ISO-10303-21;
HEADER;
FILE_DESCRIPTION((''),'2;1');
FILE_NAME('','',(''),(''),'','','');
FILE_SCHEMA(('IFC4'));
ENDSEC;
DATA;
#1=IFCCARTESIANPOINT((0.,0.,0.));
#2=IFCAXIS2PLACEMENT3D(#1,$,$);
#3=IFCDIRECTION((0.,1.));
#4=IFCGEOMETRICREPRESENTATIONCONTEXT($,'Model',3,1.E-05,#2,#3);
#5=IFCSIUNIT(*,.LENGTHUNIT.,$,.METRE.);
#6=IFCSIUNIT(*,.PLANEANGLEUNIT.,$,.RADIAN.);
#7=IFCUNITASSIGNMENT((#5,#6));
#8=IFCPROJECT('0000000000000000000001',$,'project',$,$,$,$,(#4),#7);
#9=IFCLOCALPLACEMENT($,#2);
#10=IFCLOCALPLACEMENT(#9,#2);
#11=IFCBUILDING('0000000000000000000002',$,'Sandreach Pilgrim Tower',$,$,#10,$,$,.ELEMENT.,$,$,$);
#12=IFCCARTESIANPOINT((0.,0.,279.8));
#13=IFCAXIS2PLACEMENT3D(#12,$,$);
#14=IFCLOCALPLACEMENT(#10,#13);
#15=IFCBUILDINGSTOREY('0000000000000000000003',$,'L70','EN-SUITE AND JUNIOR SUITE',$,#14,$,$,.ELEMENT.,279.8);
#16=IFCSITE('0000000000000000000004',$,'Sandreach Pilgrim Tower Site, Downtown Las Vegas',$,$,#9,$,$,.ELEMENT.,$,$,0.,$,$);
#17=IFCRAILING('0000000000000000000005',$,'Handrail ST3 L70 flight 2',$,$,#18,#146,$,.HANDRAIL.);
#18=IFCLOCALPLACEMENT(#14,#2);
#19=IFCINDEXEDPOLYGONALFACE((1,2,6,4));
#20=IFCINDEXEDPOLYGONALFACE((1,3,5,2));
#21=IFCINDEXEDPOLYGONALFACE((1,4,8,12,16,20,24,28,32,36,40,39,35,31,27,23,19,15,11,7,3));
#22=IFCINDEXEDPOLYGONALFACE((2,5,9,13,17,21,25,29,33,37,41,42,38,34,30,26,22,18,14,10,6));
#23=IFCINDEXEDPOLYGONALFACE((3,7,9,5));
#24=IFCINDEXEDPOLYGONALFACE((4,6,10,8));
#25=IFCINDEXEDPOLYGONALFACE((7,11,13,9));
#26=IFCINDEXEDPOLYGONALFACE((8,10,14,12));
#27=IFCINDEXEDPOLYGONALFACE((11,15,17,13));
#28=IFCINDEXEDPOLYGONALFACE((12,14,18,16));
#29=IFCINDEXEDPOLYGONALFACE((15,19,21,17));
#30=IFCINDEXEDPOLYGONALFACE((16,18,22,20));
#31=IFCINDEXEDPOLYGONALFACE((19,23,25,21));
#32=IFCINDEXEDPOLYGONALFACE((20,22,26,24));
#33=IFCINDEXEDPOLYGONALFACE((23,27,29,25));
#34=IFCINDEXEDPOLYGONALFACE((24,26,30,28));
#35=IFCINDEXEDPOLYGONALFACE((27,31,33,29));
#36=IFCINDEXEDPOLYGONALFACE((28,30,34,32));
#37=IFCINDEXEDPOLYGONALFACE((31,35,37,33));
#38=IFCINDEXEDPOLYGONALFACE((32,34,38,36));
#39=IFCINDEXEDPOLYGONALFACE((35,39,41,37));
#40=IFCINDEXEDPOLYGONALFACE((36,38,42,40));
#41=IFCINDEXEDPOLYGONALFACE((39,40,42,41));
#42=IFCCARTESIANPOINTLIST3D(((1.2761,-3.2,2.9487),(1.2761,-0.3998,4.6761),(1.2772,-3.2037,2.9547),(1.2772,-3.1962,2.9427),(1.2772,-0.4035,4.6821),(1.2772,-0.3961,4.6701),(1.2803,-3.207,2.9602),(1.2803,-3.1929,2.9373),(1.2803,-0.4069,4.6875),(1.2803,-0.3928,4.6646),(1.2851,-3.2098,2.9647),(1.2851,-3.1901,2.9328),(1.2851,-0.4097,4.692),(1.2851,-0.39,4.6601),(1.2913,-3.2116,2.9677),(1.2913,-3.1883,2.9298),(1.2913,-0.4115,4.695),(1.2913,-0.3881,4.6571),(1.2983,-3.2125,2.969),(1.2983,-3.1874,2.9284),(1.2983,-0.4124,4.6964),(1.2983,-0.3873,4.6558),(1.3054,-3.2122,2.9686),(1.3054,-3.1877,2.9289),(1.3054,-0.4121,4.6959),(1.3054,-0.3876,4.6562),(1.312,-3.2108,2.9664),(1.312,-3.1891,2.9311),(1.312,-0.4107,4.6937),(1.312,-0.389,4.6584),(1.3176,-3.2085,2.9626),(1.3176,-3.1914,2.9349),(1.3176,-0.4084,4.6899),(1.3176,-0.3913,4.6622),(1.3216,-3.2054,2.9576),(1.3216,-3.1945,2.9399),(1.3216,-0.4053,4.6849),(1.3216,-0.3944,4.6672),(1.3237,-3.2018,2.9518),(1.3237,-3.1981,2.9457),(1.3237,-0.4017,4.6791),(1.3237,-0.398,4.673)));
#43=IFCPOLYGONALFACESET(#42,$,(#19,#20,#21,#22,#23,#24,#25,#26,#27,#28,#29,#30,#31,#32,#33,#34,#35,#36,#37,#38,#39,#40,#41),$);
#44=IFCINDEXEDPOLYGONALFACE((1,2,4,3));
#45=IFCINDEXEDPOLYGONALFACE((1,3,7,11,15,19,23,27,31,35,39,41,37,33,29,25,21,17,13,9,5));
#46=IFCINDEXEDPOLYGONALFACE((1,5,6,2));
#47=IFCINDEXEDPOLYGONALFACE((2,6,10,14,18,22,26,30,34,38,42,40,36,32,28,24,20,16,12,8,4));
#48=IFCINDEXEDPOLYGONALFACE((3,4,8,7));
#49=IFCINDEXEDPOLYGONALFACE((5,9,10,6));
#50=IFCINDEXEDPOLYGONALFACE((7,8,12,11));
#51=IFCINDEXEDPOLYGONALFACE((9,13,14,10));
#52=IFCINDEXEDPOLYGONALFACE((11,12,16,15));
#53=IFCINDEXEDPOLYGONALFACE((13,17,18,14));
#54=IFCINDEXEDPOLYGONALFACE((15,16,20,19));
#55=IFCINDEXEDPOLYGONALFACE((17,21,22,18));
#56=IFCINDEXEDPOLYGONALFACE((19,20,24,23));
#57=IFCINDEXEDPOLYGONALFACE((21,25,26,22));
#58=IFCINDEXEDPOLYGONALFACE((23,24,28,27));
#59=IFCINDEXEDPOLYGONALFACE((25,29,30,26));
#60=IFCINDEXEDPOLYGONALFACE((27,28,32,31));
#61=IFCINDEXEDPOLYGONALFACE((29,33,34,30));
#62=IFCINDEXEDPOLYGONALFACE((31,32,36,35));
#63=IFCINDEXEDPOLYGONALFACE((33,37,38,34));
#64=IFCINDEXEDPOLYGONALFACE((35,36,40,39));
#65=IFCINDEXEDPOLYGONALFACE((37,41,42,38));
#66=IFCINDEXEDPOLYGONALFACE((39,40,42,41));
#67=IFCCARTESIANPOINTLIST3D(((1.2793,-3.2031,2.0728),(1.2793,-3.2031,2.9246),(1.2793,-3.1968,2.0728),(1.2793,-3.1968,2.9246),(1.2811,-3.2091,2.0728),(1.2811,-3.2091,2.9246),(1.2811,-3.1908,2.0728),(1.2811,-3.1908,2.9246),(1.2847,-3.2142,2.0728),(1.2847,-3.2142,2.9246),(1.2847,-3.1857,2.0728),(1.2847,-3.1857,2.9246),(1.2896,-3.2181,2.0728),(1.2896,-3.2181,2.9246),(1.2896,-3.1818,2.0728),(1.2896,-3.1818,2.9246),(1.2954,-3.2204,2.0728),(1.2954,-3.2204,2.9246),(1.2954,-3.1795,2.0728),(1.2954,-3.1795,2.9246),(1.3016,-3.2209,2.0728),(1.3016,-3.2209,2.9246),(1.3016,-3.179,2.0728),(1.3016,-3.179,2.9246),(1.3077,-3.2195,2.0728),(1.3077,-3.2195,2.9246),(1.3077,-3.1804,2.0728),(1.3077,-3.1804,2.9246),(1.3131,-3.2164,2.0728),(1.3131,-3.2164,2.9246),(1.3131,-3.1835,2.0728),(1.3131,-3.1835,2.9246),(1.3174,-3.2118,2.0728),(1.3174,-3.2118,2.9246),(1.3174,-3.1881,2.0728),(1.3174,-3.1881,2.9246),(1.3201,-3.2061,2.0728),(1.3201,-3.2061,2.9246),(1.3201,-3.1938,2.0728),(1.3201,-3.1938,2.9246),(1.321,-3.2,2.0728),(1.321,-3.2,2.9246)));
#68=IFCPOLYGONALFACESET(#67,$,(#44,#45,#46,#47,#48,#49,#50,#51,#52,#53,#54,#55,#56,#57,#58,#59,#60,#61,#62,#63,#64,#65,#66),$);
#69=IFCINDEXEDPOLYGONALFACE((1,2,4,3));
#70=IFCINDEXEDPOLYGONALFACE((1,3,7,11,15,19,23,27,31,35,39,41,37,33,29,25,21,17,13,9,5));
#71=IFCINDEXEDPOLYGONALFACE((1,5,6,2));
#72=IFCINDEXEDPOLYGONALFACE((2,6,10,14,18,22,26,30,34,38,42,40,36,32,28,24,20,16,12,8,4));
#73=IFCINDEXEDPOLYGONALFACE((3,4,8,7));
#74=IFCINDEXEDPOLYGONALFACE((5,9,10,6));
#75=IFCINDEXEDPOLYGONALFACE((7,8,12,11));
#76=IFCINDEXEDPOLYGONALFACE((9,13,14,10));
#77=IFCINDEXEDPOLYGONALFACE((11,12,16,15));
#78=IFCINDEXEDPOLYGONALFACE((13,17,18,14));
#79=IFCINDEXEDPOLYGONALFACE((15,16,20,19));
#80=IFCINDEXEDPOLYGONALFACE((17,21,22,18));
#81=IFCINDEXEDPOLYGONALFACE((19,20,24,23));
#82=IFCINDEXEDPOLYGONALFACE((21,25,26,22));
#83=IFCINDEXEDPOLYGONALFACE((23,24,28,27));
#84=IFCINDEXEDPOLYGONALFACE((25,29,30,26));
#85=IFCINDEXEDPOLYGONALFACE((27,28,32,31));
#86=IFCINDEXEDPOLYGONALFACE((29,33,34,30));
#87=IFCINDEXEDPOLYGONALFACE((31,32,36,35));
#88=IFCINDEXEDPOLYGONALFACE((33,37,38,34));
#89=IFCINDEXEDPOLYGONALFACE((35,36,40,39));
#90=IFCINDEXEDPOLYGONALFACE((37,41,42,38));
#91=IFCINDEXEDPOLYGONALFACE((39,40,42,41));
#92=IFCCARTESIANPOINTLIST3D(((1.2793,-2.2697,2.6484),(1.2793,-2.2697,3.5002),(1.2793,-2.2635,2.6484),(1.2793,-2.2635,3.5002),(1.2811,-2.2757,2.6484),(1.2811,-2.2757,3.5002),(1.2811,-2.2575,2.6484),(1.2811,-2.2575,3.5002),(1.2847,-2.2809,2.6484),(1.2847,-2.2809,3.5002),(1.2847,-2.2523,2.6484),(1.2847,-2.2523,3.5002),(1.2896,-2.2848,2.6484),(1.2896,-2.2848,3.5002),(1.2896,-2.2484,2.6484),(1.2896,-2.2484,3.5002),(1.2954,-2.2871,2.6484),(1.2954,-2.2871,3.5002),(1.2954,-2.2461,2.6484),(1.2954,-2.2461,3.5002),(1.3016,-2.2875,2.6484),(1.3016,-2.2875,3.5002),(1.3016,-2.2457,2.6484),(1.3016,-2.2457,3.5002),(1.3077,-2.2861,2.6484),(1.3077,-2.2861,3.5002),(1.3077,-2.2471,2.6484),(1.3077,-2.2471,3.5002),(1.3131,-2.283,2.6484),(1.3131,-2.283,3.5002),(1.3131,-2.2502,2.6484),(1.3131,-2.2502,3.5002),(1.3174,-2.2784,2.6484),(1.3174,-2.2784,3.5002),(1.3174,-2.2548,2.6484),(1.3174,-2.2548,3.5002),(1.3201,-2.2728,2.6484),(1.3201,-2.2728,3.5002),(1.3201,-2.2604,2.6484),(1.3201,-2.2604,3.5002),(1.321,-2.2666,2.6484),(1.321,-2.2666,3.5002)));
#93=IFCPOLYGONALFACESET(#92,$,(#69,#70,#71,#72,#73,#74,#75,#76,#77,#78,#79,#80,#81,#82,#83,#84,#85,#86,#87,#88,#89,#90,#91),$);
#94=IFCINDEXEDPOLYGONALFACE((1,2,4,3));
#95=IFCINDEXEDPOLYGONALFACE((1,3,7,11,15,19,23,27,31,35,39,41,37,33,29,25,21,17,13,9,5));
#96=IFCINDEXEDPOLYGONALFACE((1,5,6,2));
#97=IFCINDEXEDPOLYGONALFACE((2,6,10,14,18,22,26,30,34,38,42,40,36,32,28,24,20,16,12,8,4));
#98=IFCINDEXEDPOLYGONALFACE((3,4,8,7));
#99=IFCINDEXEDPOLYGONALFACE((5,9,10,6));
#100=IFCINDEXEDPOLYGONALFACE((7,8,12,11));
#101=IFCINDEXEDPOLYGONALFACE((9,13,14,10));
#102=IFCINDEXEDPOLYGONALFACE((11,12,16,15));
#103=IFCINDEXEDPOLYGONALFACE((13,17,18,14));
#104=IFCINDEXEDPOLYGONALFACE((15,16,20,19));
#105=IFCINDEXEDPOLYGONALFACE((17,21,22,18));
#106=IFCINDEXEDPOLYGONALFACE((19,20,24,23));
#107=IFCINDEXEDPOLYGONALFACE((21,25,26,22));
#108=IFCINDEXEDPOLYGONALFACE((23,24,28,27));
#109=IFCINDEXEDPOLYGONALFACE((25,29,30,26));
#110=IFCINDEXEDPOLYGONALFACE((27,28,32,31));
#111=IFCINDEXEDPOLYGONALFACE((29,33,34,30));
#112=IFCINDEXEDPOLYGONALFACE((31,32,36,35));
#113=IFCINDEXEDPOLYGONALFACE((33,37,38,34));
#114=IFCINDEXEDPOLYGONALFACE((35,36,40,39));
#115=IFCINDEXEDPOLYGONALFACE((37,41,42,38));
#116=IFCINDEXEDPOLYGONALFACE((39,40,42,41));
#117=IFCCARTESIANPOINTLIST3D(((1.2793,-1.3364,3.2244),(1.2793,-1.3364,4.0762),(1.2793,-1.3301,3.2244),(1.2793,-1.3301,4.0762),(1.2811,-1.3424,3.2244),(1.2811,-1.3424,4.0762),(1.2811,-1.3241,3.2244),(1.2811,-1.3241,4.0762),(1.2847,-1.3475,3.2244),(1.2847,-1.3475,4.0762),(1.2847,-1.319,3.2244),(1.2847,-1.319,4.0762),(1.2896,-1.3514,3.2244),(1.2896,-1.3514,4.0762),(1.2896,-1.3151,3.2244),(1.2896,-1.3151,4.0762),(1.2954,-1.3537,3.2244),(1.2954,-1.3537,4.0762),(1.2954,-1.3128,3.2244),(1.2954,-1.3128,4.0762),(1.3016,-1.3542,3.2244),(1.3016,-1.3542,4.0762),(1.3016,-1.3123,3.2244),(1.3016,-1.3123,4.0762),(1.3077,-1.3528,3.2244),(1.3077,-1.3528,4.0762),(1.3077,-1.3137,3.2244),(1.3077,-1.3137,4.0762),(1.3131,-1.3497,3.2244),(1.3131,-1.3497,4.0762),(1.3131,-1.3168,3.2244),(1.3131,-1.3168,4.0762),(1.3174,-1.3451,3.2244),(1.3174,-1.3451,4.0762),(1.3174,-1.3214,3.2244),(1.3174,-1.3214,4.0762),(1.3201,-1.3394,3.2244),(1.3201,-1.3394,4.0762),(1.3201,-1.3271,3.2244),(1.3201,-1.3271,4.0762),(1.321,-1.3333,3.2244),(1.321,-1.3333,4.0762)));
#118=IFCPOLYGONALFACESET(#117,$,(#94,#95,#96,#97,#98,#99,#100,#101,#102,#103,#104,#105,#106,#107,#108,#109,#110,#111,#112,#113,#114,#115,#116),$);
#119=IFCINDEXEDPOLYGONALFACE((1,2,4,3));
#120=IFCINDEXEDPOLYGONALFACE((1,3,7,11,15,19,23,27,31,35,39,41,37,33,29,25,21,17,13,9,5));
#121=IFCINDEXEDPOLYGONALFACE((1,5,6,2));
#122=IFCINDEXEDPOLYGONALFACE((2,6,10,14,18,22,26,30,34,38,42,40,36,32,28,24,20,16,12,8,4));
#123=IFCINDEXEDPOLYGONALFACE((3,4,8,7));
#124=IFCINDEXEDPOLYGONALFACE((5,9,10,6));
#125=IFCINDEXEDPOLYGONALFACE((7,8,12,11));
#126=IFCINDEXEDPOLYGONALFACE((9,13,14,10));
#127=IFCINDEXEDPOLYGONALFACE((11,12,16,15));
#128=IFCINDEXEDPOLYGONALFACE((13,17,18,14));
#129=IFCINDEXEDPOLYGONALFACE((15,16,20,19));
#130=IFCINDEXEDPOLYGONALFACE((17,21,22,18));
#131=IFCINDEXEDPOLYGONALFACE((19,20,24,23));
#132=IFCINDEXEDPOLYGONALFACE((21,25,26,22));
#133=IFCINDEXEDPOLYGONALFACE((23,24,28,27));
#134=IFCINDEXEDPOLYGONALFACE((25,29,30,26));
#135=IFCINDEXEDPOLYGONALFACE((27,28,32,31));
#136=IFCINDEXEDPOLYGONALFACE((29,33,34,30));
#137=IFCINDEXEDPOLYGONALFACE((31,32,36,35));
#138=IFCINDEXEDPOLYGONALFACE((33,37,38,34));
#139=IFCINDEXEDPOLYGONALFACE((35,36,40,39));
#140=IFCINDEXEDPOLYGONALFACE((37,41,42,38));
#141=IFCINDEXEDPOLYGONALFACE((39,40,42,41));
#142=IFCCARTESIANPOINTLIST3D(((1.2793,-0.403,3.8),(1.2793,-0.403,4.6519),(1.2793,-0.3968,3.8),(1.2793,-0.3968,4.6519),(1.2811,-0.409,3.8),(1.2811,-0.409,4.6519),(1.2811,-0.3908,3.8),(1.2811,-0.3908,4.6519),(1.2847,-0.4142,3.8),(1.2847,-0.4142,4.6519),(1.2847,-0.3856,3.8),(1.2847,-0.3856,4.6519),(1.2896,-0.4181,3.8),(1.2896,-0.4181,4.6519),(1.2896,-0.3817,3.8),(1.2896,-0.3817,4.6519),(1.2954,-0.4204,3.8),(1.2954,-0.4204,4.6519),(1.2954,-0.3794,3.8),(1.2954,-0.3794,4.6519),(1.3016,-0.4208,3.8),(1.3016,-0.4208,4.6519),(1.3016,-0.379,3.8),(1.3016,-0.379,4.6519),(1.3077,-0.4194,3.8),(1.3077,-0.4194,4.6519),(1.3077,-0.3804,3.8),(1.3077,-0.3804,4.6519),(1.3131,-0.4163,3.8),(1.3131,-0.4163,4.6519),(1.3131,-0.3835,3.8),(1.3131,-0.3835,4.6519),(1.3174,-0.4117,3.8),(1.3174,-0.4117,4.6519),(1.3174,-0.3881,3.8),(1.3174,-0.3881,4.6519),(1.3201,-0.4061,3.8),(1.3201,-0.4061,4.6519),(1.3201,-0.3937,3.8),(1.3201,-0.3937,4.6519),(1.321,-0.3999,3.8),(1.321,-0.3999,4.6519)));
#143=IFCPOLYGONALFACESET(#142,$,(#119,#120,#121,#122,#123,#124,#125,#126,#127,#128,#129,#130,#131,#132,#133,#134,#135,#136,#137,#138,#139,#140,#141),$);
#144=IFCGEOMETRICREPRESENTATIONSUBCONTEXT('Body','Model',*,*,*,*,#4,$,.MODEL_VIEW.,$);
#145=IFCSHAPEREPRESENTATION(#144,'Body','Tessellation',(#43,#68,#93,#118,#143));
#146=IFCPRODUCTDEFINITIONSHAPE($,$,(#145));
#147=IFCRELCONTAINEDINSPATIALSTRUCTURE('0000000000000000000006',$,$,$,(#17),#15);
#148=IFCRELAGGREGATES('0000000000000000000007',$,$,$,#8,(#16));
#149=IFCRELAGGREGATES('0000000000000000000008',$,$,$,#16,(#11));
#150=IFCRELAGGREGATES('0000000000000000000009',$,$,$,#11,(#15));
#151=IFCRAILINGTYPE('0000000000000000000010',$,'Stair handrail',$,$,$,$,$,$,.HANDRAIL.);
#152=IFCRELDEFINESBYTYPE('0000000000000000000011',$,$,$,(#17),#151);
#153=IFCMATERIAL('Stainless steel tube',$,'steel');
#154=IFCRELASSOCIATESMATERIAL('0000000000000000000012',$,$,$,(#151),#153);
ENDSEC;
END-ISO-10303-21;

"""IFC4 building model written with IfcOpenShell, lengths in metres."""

from ifc_helpers import new_model, si_unit, direction, frame, origin, origin_2d, place, context, subcontext, project, spatial, circle, extrude, material, type_object, element, save


model = new_model("IFC4")

# Units and contexts
model_context = context("Model", 3, precision=1e-05, world=origin(), true_north=direction((0.0, 1.0)))
body_context = subcontext(model_context, "Body", "Model", "MODEL_VIEW")
ifc_project = project(units=[si_unit("LENGTHUNIT", "METRE"), si_unit("PLANEANGLEUNIT", "RADIAN")], contexts=[model_context])

# Site, building, storey
site_placement = place(None, origin())
site = spatial("IfcSite", under=ifc_project, at=site_placement, Name="Sandreach Pilgrim Tower Site, Downtown Las Vegas", CompositionType="ELEMENT", RefElevation=0.0)
building_placement = place(site_placement, origin())
building = spatial("IfcBuilding", under=site, at=building_placement, Name="Sandreach Pilgrim Tower", CompositionType="ELEMENT")
storey_placement = place(building_placement, frame((0.0, 0.0, 279.8)))
storey = spatial("IfcBuildingStorey", under=building, at=storey_placement, Name="L70", Description="EN-SUITE AND JUNIOR SUITE", CompositionType="ELEMENT", Elevation=279.8)

# Railing
ifc_material_1 = material(Name="Stainless steel tube", Category="steel")
railing_type = type_object("IfcRailingType", Name="Stair handrail", PredefinedType="HANDRAIL", material=ifc_material_1)
for number, where, name in (
    (1, (1.3, -3.2, 2.0728), "Handrail ST3 L70 flight 2"),
):
    element("IfcRailing", number, at=place(storey_placement, frame(where)), inside=storey, type_object=railing_type, Name=name, PredefinedType="HANDRAIL", context=body_context, shape_type="SweptSolid", body=[
        extrude(circle(Radius=0.0239, at=origin_2d()), frame((0.0, 0.0, 0.876), z_axis=(0.0, 0.85109, 0.52502), x_axis=(-1.0, 0.0, 0.0)), (0.0, 0.0, 1.0), 3.29),
        extrude(circle(Radius=0.021, at=origin_2d()), origin(), (0.0, 0.0, 1.0), 0.8518),
        extrude(circle(Radius=0.021, at=origin_2d()), frame((0.0, 0.9333, 0.5757)), (0.0, 0.0, 1.0), 0.8518),
        extrude(circle(Radius=0.021, at=origin_2d()), frame((0.0, 1.8667, 1.1516)), (0.0, 0.0, 1.0), 0.8518),
        extrude(circle(Radius=0.021, at=origin_2d()), frame((0.0, 2.8, 1.7273)), (0.0, 0.0, 1.0), 0.8518),
    ])

save(model, "model.ifc")
